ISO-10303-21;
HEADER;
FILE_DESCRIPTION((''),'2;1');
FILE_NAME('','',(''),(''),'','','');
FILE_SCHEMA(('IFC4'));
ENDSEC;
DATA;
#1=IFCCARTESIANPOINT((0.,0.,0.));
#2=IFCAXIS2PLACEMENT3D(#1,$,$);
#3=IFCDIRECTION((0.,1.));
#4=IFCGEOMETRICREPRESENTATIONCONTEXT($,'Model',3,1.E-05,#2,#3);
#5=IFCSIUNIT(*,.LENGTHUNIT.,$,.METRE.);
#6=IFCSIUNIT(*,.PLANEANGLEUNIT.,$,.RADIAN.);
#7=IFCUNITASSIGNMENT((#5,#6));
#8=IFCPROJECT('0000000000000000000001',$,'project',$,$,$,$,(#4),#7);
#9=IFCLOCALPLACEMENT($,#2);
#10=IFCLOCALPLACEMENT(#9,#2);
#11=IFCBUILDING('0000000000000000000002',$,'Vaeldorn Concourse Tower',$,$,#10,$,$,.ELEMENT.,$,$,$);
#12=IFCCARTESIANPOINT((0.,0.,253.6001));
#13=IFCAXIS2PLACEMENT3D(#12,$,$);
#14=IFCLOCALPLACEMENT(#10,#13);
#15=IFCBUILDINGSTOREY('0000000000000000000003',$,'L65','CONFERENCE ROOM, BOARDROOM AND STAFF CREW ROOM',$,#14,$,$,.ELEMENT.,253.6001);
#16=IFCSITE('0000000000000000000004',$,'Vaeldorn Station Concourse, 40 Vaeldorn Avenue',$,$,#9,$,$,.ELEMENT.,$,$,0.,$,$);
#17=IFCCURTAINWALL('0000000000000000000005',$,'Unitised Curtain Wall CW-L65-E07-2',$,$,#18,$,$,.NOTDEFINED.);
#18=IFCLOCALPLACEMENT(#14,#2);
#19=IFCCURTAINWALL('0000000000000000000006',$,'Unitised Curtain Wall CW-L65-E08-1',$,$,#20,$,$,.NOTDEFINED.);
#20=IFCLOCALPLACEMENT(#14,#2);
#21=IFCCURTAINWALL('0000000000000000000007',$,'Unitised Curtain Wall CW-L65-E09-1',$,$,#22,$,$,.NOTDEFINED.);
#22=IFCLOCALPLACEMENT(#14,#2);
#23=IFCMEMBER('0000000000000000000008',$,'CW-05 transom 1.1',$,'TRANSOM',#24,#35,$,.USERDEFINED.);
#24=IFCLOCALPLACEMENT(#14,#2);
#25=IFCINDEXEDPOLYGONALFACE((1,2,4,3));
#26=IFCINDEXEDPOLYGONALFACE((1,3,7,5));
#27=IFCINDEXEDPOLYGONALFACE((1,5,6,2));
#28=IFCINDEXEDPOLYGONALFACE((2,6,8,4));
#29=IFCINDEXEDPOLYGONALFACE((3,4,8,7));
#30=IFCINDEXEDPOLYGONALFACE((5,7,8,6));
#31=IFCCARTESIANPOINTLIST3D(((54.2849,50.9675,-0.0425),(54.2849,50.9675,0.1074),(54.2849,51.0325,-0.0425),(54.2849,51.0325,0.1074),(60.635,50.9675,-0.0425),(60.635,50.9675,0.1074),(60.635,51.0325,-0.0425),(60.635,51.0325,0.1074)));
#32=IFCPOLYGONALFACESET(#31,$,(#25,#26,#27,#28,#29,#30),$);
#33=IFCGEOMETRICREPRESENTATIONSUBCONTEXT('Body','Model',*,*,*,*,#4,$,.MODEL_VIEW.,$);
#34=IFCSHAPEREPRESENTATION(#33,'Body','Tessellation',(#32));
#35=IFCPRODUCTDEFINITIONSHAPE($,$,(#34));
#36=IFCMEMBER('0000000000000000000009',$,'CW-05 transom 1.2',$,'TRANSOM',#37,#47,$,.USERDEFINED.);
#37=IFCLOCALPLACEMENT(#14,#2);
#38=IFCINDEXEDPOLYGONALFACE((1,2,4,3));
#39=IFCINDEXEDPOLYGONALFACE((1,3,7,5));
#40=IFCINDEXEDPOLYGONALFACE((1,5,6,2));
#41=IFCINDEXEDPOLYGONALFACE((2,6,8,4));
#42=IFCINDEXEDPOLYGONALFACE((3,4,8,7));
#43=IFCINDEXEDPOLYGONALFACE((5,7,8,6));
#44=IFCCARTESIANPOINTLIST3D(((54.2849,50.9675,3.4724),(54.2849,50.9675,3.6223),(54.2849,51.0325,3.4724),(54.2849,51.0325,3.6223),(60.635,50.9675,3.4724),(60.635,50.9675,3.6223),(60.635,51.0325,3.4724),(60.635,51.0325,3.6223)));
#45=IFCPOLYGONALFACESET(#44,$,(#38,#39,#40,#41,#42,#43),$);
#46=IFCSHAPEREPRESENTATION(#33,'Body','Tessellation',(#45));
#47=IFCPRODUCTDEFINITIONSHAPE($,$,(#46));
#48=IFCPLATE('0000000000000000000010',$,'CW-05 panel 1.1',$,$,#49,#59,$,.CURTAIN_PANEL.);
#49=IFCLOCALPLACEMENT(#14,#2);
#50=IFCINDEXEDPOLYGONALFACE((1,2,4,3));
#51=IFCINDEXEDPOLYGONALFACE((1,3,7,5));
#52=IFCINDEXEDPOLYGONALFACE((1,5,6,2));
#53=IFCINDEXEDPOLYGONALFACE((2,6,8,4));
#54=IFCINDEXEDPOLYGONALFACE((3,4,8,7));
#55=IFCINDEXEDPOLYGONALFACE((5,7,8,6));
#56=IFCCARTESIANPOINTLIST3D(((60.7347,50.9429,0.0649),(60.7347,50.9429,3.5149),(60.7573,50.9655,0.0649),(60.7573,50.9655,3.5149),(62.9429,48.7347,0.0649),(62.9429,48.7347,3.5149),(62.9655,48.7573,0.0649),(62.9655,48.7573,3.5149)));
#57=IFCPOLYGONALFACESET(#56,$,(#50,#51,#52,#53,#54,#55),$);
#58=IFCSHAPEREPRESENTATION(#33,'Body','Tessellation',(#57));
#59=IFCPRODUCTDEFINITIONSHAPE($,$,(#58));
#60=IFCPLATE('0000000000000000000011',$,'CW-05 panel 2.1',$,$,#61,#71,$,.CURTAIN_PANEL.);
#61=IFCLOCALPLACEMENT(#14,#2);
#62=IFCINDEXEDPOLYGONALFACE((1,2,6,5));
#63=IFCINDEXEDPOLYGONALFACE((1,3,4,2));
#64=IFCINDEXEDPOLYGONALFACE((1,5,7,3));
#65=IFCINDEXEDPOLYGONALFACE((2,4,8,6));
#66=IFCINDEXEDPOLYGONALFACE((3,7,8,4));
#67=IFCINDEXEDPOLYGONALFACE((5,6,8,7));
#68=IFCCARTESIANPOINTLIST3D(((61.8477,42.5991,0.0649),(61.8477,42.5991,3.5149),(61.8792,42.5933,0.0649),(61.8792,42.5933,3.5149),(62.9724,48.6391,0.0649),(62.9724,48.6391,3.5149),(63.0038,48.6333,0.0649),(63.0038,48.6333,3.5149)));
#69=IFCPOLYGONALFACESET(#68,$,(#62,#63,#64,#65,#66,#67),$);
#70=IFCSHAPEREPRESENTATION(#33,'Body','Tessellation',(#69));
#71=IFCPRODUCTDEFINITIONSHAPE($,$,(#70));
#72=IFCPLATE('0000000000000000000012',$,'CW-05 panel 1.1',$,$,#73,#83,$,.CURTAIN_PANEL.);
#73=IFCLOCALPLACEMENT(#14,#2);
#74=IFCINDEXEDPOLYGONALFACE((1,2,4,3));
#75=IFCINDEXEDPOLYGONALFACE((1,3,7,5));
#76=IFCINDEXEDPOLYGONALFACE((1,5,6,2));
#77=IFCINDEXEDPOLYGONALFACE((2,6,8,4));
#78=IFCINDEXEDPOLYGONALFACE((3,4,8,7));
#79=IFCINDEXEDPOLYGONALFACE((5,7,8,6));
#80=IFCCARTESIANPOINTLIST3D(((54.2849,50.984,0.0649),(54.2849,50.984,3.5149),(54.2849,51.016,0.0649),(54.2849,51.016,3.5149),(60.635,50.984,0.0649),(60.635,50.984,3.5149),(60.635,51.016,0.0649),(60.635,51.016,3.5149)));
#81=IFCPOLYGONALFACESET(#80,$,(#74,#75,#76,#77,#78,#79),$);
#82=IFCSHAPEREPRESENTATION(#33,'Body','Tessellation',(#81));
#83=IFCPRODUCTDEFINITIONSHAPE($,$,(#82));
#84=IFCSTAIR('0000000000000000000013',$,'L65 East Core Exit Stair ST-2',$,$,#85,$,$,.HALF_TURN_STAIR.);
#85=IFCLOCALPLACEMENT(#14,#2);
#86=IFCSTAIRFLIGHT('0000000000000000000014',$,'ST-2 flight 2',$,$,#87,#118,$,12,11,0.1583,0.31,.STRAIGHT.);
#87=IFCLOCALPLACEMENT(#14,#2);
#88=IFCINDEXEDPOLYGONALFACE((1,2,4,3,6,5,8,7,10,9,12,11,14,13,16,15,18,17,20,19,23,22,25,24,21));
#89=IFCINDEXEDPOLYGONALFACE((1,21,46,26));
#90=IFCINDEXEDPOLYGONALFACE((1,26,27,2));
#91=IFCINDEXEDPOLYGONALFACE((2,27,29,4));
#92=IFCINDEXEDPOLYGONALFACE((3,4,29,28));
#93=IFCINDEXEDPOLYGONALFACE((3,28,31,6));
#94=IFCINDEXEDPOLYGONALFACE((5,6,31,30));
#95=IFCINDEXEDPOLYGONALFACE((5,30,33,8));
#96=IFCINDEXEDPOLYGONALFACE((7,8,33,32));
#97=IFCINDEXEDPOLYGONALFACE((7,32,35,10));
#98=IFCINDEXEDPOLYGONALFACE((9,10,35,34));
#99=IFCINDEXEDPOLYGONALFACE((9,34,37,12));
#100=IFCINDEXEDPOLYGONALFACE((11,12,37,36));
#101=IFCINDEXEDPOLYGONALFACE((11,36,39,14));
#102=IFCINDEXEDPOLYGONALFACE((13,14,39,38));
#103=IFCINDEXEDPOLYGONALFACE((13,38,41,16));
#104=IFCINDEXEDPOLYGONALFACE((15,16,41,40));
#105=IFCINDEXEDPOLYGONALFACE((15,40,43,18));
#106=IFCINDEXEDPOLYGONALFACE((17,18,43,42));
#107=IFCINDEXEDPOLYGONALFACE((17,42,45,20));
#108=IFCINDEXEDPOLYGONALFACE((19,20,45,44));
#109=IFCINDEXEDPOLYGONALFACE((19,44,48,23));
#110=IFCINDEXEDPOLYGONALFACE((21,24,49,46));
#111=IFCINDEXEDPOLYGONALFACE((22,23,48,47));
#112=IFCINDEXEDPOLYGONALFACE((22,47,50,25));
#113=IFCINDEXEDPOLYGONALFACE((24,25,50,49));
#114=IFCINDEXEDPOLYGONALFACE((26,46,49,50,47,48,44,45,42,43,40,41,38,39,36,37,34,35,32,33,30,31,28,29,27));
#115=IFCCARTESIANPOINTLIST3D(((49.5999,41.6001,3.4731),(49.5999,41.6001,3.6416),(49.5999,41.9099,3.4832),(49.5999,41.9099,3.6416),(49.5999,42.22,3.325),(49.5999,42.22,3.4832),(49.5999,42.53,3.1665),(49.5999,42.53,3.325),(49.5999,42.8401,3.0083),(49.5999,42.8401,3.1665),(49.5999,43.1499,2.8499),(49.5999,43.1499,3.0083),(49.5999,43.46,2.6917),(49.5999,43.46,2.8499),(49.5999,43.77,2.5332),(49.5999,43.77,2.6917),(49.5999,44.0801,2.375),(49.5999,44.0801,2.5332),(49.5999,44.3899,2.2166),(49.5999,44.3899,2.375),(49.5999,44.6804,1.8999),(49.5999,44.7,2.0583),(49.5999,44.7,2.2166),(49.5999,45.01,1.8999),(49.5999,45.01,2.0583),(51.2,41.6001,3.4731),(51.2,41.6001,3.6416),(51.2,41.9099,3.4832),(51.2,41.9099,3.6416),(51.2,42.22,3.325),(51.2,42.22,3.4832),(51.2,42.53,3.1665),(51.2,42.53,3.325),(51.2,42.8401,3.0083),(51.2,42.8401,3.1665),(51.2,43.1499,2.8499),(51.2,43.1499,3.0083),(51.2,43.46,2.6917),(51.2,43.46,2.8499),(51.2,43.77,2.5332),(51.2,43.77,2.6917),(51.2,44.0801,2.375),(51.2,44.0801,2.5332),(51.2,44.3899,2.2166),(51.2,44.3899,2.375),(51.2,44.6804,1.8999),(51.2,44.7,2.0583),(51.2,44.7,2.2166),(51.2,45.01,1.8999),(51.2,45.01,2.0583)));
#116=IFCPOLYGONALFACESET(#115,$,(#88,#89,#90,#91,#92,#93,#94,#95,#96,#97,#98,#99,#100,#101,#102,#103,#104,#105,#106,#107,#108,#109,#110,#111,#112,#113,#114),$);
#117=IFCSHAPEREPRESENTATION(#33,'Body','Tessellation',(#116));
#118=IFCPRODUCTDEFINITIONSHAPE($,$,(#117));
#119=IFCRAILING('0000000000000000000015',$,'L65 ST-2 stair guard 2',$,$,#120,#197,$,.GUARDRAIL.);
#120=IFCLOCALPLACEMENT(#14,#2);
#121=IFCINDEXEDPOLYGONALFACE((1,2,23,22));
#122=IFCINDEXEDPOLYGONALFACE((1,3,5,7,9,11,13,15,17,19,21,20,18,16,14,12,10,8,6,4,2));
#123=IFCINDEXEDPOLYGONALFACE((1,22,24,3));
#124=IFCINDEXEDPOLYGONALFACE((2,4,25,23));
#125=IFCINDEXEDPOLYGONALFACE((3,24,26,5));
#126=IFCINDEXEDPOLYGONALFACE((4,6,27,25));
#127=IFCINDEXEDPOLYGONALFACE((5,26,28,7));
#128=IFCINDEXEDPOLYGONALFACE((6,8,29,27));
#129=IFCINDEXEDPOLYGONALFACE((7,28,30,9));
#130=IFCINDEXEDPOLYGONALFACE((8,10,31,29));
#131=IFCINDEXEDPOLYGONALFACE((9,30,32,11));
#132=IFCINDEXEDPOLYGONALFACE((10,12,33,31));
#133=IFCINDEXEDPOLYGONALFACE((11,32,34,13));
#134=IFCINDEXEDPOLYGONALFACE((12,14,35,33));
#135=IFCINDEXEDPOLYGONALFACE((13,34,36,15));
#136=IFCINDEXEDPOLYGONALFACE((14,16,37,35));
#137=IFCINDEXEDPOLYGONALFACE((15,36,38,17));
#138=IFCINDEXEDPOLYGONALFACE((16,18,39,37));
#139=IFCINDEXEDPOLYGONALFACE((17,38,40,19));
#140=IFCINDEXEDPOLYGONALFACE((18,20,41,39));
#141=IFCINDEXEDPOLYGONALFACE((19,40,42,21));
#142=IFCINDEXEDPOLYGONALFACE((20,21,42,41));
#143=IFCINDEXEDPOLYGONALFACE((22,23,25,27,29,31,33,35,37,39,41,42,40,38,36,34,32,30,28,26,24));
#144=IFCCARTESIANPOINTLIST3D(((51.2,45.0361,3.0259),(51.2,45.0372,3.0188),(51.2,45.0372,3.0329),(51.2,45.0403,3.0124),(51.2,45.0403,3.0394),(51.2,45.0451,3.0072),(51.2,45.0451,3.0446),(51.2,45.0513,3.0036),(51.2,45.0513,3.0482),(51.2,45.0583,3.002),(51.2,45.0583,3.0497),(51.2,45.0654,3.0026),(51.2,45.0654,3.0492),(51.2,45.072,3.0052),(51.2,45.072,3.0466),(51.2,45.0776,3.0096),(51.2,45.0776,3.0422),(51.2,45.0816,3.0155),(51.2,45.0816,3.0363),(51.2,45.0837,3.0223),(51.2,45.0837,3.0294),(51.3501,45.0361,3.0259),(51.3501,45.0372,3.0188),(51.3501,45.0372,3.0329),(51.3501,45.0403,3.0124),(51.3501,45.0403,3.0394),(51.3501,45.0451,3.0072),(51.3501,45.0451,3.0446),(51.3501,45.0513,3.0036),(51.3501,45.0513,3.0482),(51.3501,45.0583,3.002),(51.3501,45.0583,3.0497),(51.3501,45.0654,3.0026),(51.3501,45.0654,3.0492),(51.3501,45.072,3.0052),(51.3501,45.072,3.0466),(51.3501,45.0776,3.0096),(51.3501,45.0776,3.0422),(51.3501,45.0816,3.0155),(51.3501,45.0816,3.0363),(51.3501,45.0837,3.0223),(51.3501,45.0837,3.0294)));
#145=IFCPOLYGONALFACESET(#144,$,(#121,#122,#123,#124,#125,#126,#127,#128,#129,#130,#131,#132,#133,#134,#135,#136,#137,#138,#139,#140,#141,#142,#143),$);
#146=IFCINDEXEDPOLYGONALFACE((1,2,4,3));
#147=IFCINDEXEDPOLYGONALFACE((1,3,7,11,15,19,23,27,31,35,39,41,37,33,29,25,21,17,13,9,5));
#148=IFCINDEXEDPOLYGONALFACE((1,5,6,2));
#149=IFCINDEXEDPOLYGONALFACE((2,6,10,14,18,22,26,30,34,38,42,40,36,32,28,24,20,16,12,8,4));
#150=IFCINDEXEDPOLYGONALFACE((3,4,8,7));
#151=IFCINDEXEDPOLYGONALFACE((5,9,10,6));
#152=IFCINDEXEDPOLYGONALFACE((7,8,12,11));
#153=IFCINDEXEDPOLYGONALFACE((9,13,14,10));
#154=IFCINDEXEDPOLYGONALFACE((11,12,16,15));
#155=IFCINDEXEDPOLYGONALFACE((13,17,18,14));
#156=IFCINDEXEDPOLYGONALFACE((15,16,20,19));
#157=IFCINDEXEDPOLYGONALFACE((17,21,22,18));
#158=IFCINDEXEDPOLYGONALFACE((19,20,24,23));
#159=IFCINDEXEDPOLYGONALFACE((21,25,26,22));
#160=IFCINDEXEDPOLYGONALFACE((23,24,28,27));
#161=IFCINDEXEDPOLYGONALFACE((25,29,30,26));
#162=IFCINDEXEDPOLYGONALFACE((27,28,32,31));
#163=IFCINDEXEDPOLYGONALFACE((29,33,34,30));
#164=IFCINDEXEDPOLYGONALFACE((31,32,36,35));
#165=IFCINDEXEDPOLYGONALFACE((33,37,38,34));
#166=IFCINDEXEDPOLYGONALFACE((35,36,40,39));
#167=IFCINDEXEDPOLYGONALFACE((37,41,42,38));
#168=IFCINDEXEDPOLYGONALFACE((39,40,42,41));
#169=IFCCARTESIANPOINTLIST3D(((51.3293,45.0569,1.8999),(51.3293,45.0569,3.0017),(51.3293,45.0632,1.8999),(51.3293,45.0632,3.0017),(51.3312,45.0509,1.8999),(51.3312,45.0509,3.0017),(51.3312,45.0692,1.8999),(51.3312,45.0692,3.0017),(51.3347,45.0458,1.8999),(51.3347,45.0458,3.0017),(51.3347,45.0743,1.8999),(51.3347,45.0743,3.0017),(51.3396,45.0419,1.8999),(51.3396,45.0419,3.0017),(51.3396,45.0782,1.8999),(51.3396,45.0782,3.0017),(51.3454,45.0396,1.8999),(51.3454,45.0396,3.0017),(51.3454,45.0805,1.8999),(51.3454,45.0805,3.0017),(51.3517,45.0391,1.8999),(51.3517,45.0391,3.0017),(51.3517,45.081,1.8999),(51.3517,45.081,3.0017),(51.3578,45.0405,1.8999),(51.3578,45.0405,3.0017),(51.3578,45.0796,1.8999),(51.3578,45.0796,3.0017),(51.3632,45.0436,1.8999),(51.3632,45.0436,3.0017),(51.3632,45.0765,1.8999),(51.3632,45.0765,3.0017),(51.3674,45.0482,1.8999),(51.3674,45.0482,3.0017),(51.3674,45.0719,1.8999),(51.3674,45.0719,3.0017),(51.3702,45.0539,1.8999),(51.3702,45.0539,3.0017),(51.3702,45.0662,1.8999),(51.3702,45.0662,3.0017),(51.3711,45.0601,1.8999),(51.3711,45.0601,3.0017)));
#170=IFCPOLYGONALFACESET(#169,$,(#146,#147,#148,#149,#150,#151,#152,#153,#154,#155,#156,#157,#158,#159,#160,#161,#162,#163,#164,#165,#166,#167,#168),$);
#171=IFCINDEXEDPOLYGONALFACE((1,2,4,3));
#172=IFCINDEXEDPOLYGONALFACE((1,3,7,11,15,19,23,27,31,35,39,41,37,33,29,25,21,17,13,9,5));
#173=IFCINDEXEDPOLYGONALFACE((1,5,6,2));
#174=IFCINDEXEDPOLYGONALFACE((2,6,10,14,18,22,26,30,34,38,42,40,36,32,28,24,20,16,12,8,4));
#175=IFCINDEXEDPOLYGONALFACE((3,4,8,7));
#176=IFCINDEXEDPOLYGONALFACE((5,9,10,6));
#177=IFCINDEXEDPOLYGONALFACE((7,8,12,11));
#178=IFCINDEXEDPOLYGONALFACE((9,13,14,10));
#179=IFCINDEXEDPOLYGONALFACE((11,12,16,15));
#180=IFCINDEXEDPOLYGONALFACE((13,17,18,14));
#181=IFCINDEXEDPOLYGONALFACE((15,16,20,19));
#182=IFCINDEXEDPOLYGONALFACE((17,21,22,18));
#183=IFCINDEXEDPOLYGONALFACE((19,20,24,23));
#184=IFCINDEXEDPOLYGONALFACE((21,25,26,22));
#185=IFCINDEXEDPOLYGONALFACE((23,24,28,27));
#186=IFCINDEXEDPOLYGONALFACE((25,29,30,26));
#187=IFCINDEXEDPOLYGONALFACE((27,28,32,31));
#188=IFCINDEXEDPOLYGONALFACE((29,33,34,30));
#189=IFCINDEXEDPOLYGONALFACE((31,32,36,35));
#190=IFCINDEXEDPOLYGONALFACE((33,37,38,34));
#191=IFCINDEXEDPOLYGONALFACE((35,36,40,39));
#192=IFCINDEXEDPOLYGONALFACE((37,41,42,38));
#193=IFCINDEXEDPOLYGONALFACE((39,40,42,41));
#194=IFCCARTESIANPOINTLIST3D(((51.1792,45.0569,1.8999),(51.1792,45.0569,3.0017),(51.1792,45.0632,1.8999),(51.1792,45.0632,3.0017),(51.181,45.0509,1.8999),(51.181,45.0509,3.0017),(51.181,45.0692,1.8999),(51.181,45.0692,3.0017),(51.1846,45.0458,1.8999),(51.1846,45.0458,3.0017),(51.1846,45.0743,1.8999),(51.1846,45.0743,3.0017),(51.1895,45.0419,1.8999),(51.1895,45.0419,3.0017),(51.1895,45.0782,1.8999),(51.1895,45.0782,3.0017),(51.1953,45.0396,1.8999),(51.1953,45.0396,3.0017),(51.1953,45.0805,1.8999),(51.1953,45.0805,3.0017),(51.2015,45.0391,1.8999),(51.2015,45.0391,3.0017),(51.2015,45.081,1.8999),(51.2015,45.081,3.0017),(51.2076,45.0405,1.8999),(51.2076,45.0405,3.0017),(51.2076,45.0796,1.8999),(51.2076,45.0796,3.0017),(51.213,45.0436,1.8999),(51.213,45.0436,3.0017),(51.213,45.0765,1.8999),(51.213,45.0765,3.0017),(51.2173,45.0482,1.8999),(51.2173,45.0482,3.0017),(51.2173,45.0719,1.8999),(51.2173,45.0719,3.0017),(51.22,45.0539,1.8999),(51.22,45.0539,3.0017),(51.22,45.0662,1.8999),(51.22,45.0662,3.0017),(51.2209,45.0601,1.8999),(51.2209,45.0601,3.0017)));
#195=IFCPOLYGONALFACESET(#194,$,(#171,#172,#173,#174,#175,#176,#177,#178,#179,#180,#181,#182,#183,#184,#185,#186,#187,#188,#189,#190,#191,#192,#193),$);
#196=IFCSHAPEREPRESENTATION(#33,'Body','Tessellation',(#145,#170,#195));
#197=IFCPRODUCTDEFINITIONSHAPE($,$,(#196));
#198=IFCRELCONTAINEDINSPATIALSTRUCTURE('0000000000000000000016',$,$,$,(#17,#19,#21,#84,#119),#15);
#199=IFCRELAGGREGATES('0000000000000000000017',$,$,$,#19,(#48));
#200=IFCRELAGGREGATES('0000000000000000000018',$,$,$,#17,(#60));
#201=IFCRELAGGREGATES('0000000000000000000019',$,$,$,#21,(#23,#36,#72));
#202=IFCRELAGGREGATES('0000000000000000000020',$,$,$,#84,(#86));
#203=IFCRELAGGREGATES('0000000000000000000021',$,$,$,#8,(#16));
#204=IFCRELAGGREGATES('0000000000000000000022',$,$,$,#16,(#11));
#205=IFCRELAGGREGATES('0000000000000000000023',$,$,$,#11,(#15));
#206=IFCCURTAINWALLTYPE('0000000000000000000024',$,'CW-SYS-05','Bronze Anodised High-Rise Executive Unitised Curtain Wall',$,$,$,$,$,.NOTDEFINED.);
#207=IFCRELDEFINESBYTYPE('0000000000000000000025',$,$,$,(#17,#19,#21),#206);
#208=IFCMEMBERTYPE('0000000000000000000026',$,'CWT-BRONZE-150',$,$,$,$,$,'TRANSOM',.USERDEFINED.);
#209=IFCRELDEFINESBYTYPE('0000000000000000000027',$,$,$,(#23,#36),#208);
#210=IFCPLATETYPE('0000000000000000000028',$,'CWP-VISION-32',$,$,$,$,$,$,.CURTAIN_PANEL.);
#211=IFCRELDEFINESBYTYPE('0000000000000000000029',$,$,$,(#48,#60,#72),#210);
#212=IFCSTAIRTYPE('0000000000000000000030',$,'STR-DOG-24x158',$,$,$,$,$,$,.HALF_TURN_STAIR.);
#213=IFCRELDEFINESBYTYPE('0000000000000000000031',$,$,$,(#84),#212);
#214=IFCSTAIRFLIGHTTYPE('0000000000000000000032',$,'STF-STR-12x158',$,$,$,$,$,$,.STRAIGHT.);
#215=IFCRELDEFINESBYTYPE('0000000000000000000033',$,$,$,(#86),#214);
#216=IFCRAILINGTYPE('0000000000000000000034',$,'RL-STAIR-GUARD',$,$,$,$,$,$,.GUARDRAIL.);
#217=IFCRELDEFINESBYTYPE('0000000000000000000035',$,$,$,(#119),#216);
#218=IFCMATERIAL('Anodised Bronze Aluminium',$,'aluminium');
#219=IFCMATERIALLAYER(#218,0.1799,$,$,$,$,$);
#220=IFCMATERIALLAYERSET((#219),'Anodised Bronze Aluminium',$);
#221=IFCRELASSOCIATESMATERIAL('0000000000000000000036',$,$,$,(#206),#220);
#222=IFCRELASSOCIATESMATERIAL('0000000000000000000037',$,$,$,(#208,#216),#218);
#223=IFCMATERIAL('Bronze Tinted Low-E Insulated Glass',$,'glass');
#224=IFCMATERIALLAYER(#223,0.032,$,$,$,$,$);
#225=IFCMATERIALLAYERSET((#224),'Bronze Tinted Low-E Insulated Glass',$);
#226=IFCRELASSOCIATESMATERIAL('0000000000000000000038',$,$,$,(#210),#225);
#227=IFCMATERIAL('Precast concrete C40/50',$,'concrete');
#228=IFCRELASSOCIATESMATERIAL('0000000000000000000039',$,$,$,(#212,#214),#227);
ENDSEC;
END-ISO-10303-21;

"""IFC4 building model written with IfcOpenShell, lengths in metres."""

from ifc_helpers import new_model, si_unit, direction, frame, origin, origin_2d, place, context, subcontext, project, spatial, polyline, rectangle, circle, outline, extrude, source, transform, mapped, material, layer, layer_set, material_profile, profile_set, type_object, element, aggregate, save


model = new_model("IFC4")

# Units and contexts
model_context = context("Model", 3, precision=1e-05, world=origin(), true_north=direction((0.0, 1.0)))
body_context = subcontext(model_context, "Body", "Model", "MODEL_VIEW")
ifc_project = project(units=[si_unit("LENGTHUNIT", "METRE"), si_unit("PLANEANGLEUNIT", "RADIAN")], contexts=[model_context])

# Site, building, storey
site_placement = place(None, origin())
site = spatial("IfcSite", under=ifc_project, at=site_placement, Name="Vaeldorn Station Concourse, 40 Vaeldorn Avenue", CompositionType="ELEMENT", RefElevation=0.0)
building_placement = place(site_placement, origin())
building = spatial("IfcBuilding", under=site, at=building_placement, Name="Vaeldorn Concourse Tower", CompositionType="ELEMENT")
storey_placement = place(building_placement, frame((0.0, 0.0, 253.6001)))
storey = spatial("IfcBuildingStorey", under=building, at=storey_placement, Name="L65", Description="CONFERENCE ROOM, BOARDROOM AND STAFF CREW ROOM", CompositionType="ELEMENT", Elevation=253.6001)

# Curtain wall
ifc_material_1 = material(Name="Anodised Bronze Aluminium", Category="aluminium")
ifc_layer_1 = layer(ifc_material_1, 0.1799)
ifc_layer_set_1 = layer_set([ifc_layer_1], Name="Anodised Bronze Aluminium")
curtain_wall_type = type_object("IfcCurtainWallType", Name="CW-SYS-05", Description="Bronze Anodised High-Rise Executive Unitised Curtain Wall", PredefinedType="NOTDEFINED", material=ifc_layer_set_1)
curtain_wall_1_placement = place(storey_placement, origin())
curtain_wall_1 = element("IfcCurtainWall", 1, at=curtain_wall_1_placement, inside=storey, type_object=curtain_wall_type, Name="Unitised Curtain Wall CW-L65-E07-2", PredefinedType="NOTDEFINED")

# Curtain walls
curtain_wall_2_placement = place(storey_placement, origin())
curtain_wall_2 = element("IfcCurtainWall", 2, at=curtain_wall_2_placement, inside=storey, type_object=curtain_wall_type, Name="Unitised Curtain Wall CW-L65-E08-1", PredefinedType="NOTDEFINED")
curtain_wall_3_placement = place(storey_placement, origin())
curtain_wall_3 = element("IfcCurtainWall", 3, at=curtain_wall_3_placement, inside=storey, type_object=curtain_wall_type, Name="Unitised Curtain Wall CW-L65-E09-1", PredefinedType="NOTDEFINED")

# Members
ifc_material_profile_1 = material_profile(ifc_material_1, rectangle(XDim=0.0649, YDim=0.1499, at=origin_2d()), Name="CWT 65x150")
ifc_profile_set_1 = profile_set([ifc_material_profile_1], Name="Anodised Bronze Aluminium")
member_type_1 = type_object("IfcMemberType", Name="CWT-BRONZE-150", ElementType="TRANSOM", PredefinedType="USERDEFINED", material=ifc_profile_set_1)
shared_shape_1 = source(origin(), body_context, "Body", "SweptSolid", [
    extrude(rectangle(XDim=0.0649, YDim=0.1499, at=origin_2d()), origin(), (0.0, 0.0, 1.0), 6.3501),
])
member_1_placement = place(storey_placement, frame((60.635, 51.0, 0.0325), z_axis=(-1.0, 0.0, 0.0), x_axis=(0.0, -1.0, 0.0)))
member_1 = element("IfcMember", 4, at=member_1_placement, type_object=member_type_1, Name="CW-05 transom 1.1", ObjectType="TRANSOM", PredefinedType="USERDEFINED", context=body_context, shape_type="MappedRepresentation", body=[
    mapped(shared_shape_1, transform((0.0, 0.0, 0.0), scale=1.0)),
])
member_2_placement = place(storey_placement, frame((60.635, 51.0, 3.5474), z_axis=(-1.0, 0.0, 0.0), x_axis=(0.0, -1.0, 0.0)))
member_2 = element("IfcMember", 5, at=member_2_placement, type_object=member_type_1, Name="CW-05 transom 1.2", ObjectType="TRANSOM", PredefinedType="USERDEFINED", context=body_context, shape_type="MappedRepresentation", body=[
    mapped(shared_shape_1, transform((0.0, 0.0, 0.0), scale=1.0)),
])

# Plates
ifc_material_2 = material(Name="Bronze Tinted Low-E Insulated Glass", Category="glass")
ifc_layer_2 = layer(ifc_material_2, 0.032)
ifc_layer_set_2 = layer_set([ifc_layer_2], Name="Bronze Tinted Low-E Insulated Glass")
plate_type = type_object("IfcPlateType", Name="CWP-VISION-32", PredefinedType="CURTAIN_PANEL", material=ifc_layer_set_2)
shared_shape_2 = source(origin(), body_context, "Body", "SweptSolid", [
    extrude(rectangle(XDim=3.1228, YDim=0.032, at=origin_2d()), origin(), (0.0, 0.0, 1.0), 3.45),
])
plate_1_placement = place(storey_placement, frame((61.8501, 49.8501, 0.0649), z_axis=(0.0, 0.0, 1.0), x_axis=(-0.707107, 0.707107, 0.0)))
plate_1 = element("IfcPlate", 6, at=plate_1_placement, type_object=plate_type, Name="CW-05 panel 1.1", PredefinedType="CURTAIN_PANEL", context=body_context, shape_type="MappedRepresentation", body=[
    mapped(shared_shape_2, transform((0.0, 0.0, 0.0), scale=1.0)),
])
aggregate(curtain_wall_2, [plate_1])
shared_shape_3 = source(origin(), body_context, "Body", "SweptSolid", [
    extrude(rectangle(XDim=6.1438, YDim=0.032, at=origin_2d()), origin(), (0.0, 0.0, 1.0), 3.45),
])
plate_2_placement = place(storey_placement, frame((62.4258, 45.6162, 0.0649), z_axis=(0.0, 0.0, 1.0), x_axis=(0.183054, 0.983103, 0.0)))
plate_2 = element("IfcPlate", 7, at=plate_2_placement, type_object=plate_type, Name="CW-05 panel 2.1", PredefinedType="CURTAIN_PANEL", context=body_context, shape_type="MappedRepresentation", body=[
    mapped(shared_shape_3, transform((0.0, 0.0, 0.0), scale=1.0)),
])
aggregate(curtain_wall_1, [plate_2])
shared_shape_4 = source(origin(), body_context, "Body", "SweptSolid", [
    extrude(rectangle(XDim=6.3501, YDim=0.032, at=origin_2d()), origin(), (0.0, 0.0, 1.0), 3.45),
])
plate_3_placement = place(storey_placement, frame((57.46, 51.0, 0.0649), z_axis=(0.0, 0.0, 1.0), x_axis=(-1.0, 0.0, 0.0)))
plate_3 = element("IfcPlate", 8, at=plate_3_placement, type_object=plate_type, Name="CW-05 panel 1.1", PredefinedType="CURTAIN_PANEL", context=body_context, shape_type="MappedRepresentation", body=[
    mapped(shared_shape_4, transform((0.0, 0.0, 0.0), scale=1.0)),
])
aggregate(curtain_wall_3, [member_1, member_2, plate_3])

# Stair, stair flight
ifc_material_3 = material(Name="Precast concrete C40/50", Category="concrete")
stair_type = type_object("IfcStairType", Name="STR-DOG-24x158", PredefinedType="HALF_TURN_STAIR", material=ifc_material_3)
stair_placement = place(storey_placement, origin())
stair = element("IfcStair", 9, at=stair_placement, inside=storey, type_object=stair_type, Name="L65 East Core Exit Stair ST-2", PredefinedType="HALF_TURN_STAIR")
stair_flight_type = type_object("IfcStairFlightType", Name="STF-STR-12x158", PredefinedType="STRAIGHT", material=ifc_material_3)
stair_flight_placement = place(storey_placement, frame((50.3999, 45.01, 1.8999), z_axis=(0.0, 0.0, 1.0), x_axis=(0.0, -1.0, 0.0)))
stair_flight = element("IfcStairFlight", 10, at=stair_flight_placement, type_object=stair_flight_type, Name="ST-2 flight 2", NumberOfRisers=12, NumberOfTreads=11, PredefinedType="STRAIGHT", RiserHeight=0.1583, TreadLength=0.31, context=body_context, shape_type="SweptSolid", body=[
    extrude(outline(polyline([(0.0, 0.0), (0.0, 0.1584), (0.3101, 0.1584), (0.3101, 0.3167), (0.6201, 0.3167), (0.6201, 0.4751), (0.9299, 0.4751), (0.9299, 0.6333), (1.24, 0.6333), (1.24, 0.7917), (1.55, 0.7917), (1.55, 0.95), (1.8601, 0.95), (1.8601, 1.1084), (2.1699, 1.1084), (2.1699, 1.2666), (2.48, 1.2666), (2.48, 1.425), (2.79, 1.425), (2.79, 1.5833), (3.1001, 1.5833), (3.1001, 1.7417), (3.4099, 1.7417), (3.4099, 1.8999), (3.4099, 1.5732), (0.3296, 0.0), (0.0, 0.0)])), frame((0.0, 0.8, 0.0), z_axis=(0.0, -1.0, 0.0), x_axis=(1.0, 0.0, 0.0)), (0.0, 0.0, 1.0), 1.6001),
])
aggregate(stair, [stair_flight])

# Railing
railing_type_1 = type_object("IfcRailingType", Name="RL-STAIR-GUARD", PredefinedType="GUARDRAIL", material=ifc_material_1)
railing_1_placement = place(storey_placement, frame((51.3501, 45.0601, 1.8999)))
element("IfcRailing", 11, at=railing_1_placement, inside=storey, type_object=railing_type_1, Name="L65 ST-2 stair guard 2", PredefinedType="GUARDRAIL", context=body_context, shape_type="SweptSolid", body=[
    extrude(circle(Radius=0.0239, at=origin_2d()), frame((0.0, 0.0, 1.126), z_axis=(-1.0, 0.0, 0.0), x_axis=(0.0, -1.0, 0.0)), (0.0, 0.0, 1.0), 0.1501),
    extrude(circle(Radius=0.021, at=origin_2d()), origin(), (0.0, 0.0, 1.0), 1.1018),
    extrude(circle(Radius=0.021, at=origin_2d()), frame((-0.1501, 0.0, 0.0)), (0.0, 0.0, 1.0), 1.1018),
])

save(model, "model.ifc")
